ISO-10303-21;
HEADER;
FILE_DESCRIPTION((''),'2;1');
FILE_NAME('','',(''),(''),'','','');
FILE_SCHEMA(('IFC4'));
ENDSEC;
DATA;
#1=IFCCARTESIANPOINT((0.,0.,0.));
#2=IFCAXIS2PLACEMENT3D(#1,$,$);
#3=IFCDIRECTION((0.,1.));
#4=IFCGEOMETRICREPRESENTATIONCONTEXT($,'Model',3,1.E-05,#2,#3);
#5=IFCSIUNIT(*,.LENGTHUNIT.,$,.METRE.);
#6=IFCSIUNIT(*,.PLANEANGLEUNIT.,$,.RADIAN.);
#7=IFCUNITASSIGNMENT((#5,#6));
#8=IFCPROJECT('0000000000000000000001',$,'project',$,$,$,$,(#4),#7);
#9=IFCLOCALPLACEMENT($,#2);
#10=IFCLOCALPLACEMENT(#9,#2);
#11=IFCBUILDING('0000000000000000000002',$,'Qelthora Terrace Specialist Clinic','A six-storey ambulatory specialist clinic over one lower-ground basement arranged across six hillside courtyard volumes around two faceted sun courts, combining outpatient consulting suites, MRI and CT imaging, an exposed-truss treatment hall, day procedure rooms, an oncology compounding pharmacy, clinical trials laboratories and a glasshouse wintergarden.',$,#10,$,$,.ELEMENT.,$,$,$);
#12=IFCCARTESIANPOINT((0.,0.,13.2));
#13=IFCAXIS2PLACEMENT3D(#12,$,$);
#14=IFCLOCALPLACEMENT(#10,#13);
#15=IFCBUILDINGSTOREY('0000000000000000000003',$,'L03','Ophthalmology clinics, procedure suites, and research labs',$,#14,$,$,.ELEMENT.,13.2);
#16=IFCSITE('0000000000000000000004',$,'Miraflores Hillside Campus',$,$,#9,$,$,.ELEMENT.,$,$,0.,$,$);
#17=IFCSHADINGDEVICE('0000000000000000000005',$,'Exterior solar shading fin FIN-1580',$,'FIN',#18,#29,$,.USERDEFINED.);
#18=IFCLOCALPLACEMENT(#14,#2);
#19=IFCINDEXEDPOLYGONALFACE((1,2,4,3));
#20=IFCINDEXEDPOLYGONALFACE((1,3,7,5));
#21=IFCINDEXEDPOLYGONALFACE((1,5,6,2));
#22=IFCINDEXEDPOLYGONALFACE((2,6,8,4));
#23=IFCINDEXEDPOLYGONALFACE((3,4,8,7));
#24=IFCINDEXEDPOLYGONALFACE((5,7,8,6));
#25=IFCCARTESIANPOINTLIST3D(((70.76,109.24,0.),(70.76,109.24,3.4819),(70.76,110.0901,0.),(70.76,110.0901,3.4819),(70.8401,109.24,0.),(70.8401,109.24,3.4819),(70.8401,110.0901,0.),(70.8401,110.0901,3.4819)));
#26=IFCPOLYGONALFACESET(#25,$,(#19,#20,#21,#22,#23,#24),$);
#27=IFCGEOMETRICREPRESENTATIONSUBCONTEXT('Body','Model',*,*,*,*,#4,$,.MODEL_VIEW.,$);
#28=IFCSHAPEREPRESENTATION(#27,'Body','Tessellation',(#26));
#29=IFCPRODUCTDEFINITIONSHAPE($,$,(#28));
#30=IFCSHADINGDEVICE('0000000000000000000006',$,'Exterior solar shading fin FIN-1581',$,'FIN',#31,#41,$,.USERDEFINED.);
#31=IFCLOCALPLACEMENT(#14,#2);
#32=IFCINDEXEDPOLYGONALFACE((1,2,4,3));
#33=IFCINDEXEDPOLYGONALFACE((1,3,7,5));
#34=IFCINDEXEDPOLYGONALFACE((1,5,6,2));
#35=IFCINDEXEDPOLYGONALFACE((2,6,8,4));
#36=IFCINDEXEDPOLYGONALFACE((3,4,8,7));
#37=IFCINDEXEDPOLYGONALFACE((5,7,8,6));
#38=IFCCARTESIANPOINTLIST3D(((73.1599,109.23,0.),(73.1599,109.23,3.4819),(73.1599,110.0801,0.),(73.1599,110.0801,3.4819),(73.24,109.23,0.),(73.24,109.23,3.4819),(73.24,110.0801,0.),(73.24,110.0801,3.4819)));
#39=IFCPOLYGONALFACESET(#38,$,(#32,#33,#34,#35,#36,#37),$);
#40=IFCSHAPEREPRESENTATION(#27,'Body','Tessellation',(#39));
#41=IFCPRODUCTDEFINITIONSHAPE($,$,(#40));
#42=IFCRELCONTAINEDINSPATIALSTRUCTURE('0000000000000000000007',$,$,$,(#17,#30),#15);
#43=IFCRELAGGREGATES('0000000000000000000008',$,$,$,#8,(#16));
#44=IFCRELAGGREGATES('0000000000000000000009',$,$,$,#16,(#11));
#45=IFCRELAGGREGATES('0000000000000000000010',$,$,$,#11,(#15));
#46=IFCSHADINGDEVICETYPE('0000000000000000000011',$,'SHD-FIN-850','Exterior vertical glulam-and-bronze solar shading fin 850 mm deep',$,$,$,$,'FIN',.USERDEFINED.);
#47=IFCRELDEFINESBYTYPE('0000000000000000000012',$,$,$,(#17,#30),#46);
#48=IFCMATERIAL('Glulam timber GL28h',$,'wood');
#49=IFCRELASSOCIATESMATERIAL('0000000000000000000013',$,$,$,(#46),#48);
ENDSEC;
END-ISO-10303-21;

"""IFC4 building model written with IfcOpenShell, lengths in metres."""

from ifc_helpers import new_model, si_unit, direction, frame, origin, origin_2d, place, context, subcontext, project, spatial, rectangle, extrude, material, type_object, element, save


model = new_model("IFC4")

# Units and contexts
model_context = context("Model", 3, precision=1e-05, world=origin(), true_north=direction((0.0, 1.0)))
body_context = subcontext(model_context, "Body", "Model", "MODEL_VIEW")
ifc_project = project(units=[si_unit("LENGTHUNIT", "METRE"), si_unit("PLANEANGLEUNIT", "RADIAN")], contexts=[model_context])

# Site, building, storey
site_placement = place(None, origin())
site = spatial("IfcSite", under=ifc_project, at=site_placement, Name="Miraflores Hillside Campus", CompositionType="ELEMENT", RefElevation=0.0)
building_placement = place(site_placement, origin())
building = spatial("IfcBuilding", under=site, at=building_placement, Name="Qelthora Terrace Specialist Clinic", Description="A six-storey ambulatory specialist clinic over one lower-ground basement arranged across six hillside courtyard volumes around two faceted sun courts, combining outpatient consulting suites, MRI and CT imaging, an exposed-truss treatment hall, day procedure rooms, an oncology compounding pharmacy, clinical trials laboratories and a glasshouse wintergarden.", CompositionType="ELEMENT")
storey_placement = place(building_placement, frame((0.0, 0.0, 13.2)))
storey = spatial("IfcBuildingStorey", under=building, at=storey_placement, Name="L03", Description="Ophthalmology clinics, procedure suites, and research labs", CompositionType="ELEMENT", Elevation=13.2)

# Shading devices
ifc_material_1 = material(Name="Glulam timber GL28h", Category="wood")
shading_device_type = type_object("IfcShadingDeviceType", Name="SHD-FIN-850", Description="Exterior vertical glulam-and-bronze solar shading fin 850 mm deep", ElementType="FIN", PredefinedType="USERDEFINED", material=ifc_material_1)
for number, where, z_axis, x_axis, name in (
    (1, (70.8, 109.665, 0.0), (0.0, 0.0, 1.0), (0.0, 1.0, 0.0), "Exterior solar shading fin FIN-1580"),
    (2, (73.2, 109.655, 0.0), (0.0, 0.0, 1.0), (0.0, 1.0, 0.0), "Exterior solar shading fin FIN-1581"),
):
    element("IfcShadingDevice", number, at=place(storey_placement, frame(where, z_axis=z_axis, x_axis=x_axis)), inside=storey, type_object=shading_device_type, Name=name, ObjectType="FIN", PredefinedType="USERDEFINED", context=body_context, shape_type="SweptSolid", body=[
        extrude(rectangle(XDim=0.8501, YDim=0.0801, at=origin_2d()), origin(), (0.0, 0.0, 1.0), 3.4819),
    ])

save(model, "model.ifc")
